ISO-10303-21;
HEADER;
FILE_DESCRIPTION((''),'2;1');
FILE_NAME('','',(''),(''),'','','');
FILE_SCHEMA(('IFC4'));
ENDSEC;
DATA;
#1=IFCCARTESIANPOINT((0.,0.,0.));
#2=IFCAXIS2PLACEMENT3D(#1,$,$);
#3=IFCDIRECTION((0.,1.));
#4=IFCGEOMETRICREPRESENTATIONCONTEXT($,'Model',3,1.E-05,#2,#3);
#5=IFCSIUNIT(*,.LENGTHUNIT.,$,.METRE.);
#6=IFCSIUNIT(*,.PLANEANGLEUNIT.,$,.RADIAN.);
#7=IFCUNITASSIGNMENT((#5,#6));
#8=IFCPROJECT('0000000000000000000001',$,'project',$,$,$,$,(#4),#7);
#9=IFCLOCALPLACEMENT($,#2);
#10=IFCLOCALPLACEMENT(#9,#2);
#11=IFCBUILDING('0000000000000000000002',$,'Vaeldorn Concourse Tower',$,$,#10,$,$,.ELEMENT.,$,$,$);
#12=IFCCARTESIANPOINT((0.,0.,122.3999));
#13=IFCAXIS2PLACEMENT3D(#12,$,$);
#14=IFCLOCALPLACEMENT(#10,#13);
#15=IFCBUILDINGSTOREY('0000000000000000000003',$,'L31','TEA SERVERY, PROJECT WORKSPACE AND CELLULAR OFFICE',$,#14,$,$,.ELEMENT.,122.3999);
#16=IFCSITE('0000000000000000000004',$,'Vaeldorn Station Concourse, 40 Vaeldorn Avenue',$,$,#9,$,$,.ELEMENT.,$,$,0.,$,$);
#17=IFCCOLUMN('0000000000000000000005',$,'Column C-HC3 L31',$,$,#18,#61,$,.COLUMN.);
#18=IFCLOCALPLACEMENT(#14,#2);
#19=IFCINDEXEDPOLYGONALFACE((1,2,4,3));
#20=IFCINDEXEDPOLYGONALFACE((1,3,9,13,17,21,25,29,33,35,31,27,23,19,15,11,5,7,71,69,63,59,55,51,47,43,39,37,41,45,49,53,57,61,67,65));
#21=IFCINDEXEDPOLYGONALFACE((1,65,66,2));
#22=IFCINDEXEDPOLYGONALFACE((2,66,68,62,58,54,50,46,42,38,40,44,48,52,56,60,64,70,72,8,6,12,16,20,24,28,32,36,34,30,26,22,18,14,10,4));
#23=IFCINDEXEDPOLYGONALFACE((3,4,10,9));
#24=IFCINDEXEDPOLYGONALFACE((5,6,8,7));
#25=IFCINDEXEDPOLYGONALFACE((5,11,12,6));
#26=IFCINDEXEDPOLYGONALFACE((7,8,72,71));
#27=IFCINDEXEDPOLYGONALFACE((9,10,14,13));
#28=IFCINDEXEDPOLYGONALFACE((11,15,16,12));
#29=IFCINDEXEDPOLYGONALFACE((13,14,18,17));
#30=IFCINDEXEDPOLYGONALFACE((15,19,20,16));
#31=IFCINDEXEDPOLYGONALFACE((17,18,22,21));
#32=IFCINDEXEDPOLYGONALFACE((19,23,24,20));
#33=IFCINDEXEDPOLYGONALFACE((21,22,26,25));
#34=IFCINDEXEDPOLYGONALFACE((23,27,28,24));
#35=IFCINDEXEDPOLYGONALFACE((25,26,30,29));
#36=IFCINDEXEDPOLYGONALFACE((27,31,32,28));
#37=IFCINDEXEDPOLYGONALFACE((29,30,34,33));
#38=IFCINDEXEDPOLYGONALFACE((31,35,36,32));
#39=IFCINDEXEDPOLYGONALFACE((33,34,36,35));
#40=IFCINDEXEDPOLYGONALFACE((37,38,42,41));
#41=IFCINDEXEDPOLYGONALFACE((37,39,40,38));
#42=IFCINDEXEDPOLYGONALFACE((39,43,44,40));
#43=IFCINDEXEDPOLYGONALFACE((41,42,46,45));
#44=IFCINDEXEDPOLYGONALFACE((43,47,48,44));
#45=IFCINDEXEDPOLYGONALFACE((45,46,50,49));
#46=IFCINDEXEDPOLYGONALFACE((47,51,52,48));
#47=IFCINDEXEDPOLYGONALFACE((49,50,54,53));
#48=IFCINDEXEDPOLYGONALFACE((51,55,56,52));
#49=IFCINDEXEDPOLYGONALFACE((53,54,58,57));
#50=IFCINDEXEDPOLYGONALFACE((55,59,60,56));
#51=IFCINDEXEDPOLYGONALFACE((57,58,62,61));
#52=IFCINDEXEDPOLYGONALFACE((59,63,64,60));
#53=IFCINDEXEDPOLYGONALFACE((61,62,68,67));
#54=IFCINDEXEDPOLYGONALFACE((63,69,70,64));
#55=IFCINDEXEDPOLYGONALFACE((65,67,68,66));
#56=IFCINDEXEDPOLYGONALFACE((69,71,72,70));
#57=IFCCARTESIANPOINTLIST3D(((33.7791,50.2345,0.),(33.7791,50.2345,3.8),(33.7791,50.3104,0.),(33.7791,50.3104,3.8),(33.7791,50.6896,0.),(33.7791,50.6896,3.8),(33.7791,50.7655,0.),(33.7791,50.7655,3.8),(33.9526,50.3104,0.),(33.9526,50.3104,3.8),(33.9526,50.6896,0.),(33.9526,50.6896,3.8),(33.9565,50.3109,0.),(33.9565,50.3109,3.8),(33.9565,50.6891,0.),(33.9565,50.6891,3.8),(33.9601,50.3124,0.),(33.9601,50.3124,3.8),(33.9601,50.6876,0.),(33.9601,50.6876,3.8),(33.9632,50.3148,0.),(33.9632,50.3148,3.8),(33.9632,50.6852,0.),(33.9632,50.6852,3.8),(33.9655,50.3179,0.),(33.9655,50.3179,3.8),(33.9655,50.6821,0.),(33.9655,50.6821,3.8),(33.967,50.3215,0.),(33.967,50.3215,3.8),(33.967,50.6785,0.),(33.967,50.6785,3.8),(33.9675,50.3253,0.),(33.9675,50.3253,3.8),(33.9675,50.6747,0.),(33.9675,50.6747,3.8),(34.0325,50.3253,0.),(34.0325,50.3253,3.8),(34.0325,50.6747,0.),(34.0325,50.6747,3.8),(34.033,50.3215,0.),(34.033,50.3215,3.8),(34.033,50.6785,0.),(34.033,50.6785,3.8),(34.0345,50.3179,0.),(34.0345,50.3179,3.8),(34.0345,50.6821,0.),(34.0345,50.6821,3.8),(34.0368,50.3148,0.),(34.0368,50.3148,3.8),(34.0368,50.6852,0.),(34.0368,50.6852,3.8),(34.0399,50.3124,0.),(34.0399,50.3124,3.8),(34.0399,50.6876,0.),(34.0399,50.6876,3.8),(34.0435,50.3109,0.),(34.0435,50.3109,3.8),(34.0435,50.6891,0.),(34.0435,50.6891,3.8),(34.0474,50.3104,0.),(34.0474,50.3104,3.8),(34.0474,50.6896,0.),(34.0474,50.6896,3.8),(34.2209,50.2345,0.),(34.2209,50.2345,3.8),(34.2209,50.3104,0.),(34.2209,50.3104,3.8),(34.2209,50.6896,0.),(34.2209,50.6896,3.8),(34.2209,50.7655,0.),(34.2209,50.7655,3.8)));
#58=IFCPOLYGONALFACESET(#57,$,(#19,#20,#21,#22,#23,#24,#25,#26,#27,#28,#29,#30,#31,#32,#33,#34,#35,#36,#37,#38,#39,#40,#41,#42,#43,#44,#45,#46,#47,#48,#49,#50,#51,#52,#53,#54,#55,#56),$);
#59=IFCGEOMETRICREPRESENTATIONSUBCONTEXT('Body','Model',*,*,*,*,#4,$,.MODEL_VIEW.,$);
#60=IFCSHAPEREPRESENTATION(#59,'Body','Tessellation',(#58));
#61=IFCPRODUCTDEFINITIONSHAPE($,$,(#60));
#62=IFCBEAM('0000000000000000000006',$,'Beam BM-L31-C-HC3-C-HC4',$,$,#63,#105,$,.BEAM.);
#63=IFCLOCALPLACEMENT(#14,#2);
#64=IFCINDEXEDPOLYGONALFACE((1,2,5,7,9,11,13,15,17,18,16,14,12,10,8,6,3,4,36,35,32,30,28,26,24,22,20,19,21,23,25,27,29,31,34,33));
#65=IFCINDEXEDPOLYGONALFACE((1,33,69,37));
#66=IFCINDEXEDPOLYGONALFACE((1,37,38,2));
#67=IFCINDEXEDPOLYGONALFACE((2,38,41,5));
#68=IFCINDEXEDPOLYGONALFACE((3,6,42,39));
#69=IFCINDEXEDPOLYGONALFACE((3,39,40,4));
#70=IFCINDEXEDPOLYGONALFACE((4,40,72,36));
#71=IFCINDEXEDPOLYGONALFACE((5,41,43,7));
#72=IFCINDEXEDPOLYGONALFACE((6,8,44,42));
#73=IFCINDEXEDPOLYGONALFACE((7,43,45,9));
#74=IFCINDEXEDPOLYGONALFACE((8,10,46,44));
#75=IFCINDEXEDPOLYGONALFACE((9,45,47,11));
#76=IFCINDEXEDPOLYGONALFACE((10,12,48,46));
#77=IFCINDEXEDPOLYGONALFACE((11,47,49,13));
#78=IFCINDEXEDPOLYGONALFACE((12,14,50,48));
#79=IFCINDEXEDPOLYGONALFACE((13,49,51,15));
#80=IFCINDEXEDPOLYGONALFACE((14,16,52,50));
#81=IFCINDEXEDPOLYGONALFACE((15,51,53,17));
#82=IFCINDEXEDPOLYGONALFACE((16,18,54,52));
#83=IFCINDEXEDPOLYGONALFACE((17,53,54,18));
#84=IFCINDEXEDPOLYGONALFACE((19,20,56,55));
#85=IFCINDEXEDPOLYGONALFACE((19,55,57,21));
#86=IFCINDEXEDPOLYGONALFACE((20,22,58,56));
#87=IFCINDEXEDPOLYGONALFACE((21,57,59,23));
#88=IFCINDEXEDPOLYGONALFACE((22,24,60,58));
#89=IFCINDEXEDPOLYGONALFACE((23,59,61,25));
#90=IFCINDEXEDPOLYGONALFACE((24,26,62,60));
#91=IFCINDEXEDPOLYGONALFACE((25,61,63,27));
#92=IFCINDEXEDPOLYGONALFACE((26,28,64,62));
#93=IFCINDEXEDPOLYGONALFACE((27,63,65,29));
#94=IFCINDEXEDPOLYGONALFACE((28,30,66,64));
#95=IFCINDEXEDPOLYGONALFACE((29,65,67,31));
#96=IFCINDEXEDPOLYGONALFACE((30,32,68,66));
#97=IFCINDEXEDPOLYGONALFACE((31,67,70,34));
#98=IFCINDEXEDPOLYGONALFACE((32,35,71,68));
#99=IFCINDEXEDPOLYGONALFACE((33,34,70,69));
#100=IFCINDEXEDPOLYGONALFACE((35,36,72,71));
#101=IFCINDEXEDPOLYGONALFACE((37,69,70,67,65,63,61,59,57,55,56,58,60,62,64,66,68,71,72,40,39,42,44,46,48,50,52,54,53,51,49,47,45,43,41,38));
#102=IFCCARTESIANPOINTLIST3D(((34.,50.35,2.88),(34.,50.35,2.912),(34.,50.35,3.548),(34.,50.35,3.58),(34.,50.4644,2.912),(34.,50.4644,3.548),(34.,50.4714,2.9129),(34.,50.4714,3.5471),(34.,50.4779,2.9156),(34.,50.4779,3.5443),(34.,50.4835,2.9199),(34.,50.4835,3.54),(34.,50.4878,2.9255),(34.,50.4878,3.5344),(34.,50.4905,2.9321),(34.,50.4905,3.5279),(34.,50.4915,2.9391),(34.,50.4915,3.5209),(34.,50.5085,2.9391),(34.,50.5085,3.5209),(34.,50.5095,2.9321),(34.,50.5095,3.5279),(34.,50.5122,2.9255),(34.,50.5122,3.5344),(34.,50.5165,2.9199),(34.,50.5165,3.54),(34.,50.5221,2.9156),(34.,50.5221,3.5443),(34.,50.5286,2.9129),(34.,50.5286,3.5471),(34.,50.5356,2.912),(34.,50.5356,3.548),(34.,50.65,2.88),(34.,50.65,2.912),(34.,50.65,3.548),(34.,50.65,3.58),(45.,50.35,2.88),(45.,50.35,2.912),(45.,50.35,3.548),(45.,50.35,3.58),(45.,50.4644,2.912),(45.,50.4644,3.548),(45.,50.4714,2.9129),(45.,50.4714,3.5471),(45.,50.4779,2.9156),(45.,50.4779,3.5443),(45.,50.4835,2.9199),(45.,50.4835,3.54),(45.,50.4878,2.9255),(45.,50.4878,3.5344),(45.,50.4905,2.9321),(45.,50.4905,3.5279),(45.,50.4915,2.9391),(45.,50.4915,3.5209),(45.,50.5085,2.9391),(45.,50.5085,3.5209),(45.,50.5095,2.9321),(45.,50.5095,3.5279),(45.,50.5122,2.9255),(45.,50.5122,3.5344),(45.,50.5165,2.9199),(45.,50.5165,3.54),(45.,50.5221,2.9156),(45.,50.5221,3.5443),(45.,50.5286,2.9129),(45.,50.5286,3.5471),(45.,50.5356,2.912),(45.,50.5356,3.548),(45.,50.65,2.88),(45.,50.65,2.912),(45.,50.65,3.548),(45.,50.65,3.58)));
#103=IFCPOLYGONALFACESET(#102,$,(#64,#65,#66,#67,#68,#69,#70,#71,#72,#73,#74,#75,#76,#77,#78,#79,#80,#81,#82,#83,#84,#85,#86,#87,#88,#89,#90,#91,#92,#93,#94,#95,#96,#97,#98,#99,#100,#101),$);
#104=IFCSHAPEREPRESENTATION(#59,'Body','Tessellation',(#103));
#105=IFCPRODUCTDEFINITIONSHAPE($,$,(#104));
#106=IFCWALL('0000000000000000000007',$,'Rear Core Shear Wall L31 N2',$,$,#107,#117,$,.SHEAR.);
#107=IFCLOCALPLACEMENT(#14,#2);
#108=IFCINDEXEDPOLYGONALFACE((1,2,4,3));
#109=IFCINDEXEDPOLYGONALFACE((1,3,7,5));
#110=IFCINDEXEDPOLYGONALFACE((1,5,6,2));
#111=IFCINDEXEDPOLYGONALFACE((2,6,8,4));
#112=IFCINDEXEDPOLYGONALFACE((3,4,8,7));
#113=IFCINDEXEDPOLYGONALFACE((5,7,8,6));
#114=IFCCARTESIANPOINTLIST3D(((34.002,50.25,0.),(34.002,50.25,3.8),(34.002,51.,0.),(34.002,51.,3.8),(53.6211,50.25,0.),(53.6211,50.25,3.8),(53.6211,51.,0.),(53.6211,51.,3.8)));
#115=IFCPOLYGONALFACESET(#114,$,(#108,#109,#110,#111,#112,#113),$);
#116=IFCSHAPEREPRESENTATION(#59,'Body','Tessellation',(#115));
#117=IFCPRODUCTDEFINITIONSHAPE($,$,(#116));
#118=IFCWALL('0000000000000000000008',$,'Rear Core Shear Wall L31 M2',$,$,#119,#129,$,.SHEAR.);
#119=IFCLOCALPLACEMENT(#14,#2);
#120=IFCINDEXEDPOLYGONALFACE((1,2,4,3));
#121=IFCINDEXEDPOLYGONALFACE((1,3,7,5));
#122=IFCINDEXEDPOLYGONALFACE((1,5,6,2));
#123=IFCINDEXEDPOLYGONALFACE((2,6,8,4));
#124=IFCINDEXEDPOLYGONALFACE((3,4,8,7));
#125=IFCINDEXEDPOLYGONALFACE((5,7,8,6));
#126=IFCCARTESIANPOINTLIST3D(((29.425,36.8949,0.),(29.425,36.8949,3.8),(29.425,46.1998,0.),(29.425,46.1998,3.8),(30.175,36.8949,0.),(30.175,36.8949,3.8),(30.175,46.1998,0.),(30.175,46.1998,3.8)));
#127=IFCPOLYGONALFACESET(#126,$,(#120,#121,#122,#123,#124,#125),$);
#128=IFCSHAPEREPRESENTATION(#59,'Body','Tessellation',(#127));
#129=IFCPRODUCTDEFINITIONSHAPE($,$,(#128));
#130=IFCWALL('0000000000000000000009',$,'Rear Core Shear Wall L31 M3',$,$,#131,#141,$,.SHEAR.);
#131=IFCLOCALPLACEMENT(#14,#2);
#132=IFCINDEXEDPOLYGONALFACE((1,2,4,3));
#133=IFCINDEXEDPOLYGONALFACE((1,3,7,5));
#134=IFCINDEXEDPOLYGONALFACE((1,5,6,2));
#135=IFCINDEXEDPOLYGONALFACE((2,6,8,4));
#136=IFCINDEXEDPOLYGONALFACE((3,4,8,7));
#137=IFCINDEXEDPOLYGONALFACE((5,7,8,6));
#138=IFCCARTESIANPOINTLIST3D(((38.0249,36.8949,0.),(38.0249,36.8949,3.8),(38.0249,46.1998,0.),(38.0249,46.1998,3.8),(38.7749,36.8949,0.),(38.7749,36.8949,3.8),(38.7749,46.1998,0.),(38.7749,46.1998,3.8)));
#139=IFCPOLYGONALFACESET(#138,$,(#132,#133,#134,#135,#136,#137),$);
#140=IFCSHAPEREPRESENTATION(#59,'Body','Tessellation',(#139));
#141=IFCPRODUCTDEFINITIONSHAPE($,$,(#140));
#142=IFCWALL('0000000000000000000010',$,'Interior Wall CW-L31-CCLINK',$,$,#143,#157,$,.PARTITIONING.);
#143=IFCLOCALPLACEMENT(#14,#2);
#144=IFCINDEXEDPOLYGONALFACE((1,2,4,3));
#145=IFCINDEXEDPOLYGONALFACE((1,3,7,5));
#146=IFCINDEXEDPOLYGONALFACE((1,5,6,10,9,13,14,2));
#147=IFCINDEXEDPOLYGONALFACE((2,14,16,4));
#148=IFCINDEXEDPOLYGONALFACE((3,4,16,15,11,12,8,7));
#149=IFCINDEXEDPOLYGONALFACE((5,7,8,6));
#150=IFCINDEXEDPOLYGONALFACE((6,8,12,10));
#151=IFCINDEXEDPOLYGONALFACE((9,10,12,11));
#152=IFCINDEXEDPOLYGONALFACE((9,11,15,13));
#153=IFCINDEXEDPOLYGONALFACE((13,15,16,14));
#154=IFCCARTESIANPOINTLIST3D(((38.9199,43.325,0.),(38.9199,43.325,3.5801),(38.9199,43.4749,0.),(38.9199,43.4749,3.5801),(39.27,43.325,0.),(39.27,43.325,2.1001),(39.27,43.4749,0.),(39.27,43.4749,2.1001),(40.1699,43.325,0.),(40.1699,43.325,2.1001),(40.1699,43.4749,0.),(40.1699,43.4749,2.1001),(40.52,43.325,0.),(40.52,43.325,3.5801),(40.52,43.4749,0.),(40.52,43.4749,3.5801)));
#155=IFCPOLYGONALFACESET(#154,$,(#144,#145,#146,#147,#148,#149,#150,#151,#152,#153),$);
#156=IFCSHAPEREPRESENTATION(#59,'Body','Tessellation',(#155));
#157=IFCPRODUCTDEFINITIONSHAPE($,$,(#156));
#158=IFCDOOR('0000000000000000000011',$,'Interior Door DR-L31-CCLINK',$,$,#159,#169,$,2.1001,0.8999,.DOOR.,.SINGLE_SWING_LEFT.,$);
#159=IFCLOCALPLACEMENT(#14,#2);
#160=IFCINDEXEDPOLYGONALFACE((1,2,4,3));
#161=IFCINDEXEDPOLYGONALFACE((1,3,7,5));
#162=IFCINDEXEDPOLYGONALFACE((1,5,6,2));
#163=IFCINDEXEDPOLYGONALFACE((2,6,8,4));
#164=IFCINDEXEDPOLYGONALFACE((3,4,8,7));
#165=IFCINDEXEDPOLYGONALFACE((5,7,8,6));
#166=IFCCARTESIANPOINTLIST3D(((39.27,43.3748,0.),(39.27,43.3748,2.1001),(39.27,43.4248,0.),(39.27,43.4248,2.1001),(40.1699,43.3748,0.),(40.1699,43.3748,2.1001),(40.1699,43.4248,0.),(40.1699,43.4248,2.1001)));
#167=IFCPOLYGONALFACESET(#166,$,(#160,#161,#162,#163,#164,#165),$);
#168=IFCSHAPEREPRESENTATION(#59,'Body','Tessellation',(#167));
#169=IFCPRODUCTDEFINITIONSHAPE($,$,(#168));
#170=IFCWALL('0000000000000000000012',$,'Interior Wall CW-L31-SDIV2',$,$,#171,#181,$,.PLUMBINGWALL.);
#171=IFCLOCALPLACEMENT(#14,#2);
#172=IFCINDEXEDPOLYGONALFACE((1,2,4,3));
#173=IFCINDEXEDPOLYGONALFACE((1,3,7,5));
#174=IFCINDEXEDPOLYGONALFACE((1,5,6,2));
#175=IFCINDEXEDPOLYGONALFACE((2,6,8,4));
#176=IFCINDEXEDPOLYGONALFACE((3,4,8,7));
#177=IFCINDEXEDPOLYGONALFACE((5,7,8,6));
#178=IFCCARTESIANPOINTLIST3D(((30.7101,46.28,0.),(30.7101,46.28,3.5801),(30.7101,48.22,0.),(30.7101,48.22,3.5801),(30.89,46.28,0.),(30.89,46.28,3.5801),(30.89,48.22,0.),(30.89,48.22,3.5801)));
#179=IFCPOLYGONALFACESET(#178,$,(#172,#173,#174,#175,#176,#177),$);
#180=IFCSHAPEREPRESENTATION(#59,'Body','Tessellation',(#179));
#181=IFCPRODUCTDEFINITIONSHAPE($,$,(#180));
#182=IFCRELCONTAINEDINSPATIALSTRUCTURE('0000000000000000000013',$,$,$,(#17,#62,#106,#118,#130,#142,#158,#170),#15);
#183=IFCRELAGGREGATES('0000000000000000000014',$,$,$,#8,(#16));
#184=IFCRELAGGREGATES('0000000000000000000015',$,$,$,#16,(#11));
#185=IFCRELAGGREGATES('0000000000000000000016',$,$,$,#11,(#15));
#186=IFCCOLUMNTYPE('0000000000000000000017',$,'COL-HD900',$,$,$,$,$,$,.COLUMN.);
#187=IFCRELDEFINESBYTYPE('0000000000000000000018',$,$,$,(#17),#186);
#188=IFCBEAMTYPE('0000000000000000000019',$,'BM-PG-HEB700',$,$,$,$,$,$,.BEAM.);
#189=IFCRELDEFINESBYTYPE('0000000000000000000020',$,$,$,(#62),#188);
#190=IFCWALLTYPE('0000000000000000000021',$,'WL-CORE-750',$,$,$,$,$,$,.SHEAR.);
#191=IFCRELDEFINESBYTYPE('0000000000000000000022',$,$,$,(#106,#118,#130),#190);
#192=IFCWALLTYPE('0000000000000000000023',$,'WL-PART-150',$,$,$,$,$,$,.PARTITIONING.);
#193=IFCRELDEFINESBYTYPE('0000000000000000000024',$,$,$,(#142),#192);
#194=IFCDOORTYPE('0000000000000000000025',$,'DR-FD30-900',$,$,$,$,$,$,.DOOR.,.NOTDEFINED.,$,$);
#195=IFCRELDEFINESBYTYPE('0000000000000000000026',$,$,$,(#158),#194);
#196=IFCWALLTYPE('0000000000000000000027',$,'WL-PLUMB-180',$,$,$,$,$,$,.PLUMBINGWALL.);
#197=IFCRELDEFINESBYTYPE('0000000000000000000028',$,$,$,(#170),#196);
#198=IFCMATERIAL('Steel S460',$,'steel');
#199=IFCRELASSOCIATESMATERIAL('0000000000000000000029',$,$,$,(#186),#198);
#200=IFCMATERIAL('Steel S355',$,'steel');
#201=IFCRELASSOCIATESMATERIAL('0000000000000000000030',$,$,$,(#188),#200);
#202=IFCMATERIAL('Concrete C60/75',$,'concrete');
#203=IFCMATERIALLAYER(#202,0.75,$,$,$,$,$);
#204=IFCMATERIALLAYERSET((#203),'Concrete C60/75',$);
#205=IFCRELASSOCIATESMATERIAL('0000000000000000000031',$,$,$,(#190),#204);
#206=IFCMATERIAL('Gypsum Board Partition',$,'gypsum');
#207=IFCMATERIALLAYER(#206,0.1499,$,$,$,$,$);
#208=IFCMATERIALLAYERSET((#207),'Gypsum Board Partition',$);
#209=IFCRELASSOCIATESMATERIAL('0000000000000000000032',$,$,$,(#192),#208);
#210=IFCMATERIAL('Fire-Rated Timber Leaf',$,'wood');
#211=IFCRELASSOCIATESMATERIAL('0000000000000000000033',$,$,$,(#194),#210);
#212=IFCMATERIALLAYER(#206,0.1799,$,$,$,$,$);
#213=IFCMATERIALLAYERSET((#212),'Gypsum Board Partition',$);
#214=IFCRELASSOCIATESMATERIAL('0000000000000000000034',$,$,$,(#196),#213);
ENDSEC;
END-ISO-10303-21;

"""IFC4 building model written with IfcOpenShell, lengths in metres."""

from ifc_helpers import new_model, si_unit, direction, frame, frame_2d, origin, origin_2d, place, context, subcontext, project, spatial, rectangle, i_section, extrude, source, transform, mapped, material, layer, layer_set, material_profile, profile_set, type_object, element, fill, save


model = new_model("IFC4")

# Units and contexts
model_context = context("Model", 3, precision=1e-05, world=origin(), true_north=direction((0.0, 1.0)))
body_context = subcontext(model_context, "Body", "Model", "MODEL_VIEW")
ifc_project = project(units=[si_unit("LENGTHUNIT", "METRE"), si_unit("PLANEANGLEUNIT", "RADIAN")], contexts=[model_context])

# Site, building, storey
site_placement = place(None, origin())
site = spatial("IfcSite", under=ifc_project, at=site_placement, Name="Vaeldorn Station Concourse, 40 Vaeldorn Avenue", CompositionType="ELEMENT", RefElevation=0.0)
building_placement = place(site_placement, origin())
building = spatial("IfcBuilding", under=site, at=building_placement, Name="Vaeldorn Concourse Tower", CompositionType="ELEMENT")
storey_placement = place(building_placement, frame((0.0, 0.0, 122.3999)))
storey = spatial("IfcBuildingStorey", under=building, at=storey_placement, Name="L31", Description="TEA SERVERY, PROJECT WORKSPACE AND CELLULAR OFFICE", CompositionType="ELEMENT", Elevation=122.3999)

# Column
ifc_material_1 = material(Name="Steel S460", Category="steel")
ifc_material_profile_1 = material_profile(ifc_material_1, i_section(OverallWidth=0.4419, OverallDepth=0.531, WebThickness=0.0649, FlangeThickness=0.0759, FilletRadius=0.0149, at=origin_2d()), Name="HD 400x900")
ifc_profile_set_1 = profile_set([ifc_material_profile_1], Name="Steel S460")
column_type = type_object("IfcColumnType", Name="COL-HD900", PredefinedType="COLUMN", material=ifc_profile_set_1)
shared_shape_1 = source(origin(), body_context, "Body", "SweptSolid", [
    extrude(i_section(OverallWidth=0.4419, OverallDepth=0.531, WebThickness=0.0649, FlangeThickness=0.0759, FilletRadius=0.0149, at=origin_2d()), origin(), (0.0, 0.0, 1.0), 3.8),
])
column_placement = place(storey_placement, frame((34.0, 50.5, 0.0), z_axis=(0.0, 0.0, 1.0), x_axis=(1.0, 0.0, 0.0)))
element("IfcColumn", 1, at=column_placement, inside=storey, type_object=column_type, Name="Column C-HC3 L31", PredefinedType="COLUMN", context=body_context, shape_type="MappedRepresentation", body=[
    mapped(shared_shape_1, transform((0.0, 0.0, 0.0), scale=1.0)),
])

# Beam
ifc_material_2 = material(Name="Steel S355", Category="steel")
ifc_material_profile_2 = material_profile(ifc_material_2, i_section(OverallWidth=0.3, OverallDepth=0.7, WebThickness=0.0171, FlangeThickness=0.032, FilletRadius=0.0271, at=origin_2d()), Name="HEB 700")
ifc_profile_set_2 = profile_set([ifc_material_profile_2], Name="Steel S355")
beam_type = type_object("IfcBeamType", Name="BM-PG-HEB700", PredefinedType="BEAM", material=ifc_profile_set_2)
shared_shape_2 = source(origin(), body_context, "Body", "SweptSolid", [
    extrude(i_section(OverallWidth=0.3, OverallDepth=0.7, WebThickness=0.0171, FlangeThickness=0.032, FilletRadius=0.0271, at=origin_2d()), origin(), (0.0, 0.0, 1.0), 11.0),
])
beam_placement = place(storey_placement, frame((34.0, 50.5, 3.23), z_axis=(1.0, 0.0, 0.0), x_axis=(0.0, 1.0, 0.0)))
element("IfcBeam", 2, at=beam_placement, inside=storey, type_object=beam_type, Name="Beam BM-L31-C-HC3-C-HC4", PredefinedType="BEAM", context=body_context, shape_type="MappedRepresentation", body=[
    mapped(shared_shape_2, transform((0.0, 0.0, 0.0), scale=1.0)),
])

# Walls
ifc_material_3 = material(Name="Concrete C60/75", Category="concrete")
ifc_layer_1 = layer(ifc_material_3, 0.75)
ifc_layer_set_1 = layer_set([ifc_layer_1], Name="Concrete C60/75")
wall_type_1 = type_object("IfcWallType", Name="WL-CORE-750", PredefinedType="SHEAR", material=ifc_layer_set_1)
wall_1_placement = place(storey_placement, frame((34.002, 50.625, 0.0), z_axis=(0.0, 0.0, 1.0), x_axis=(1.0, 0.0, 0.0)))
element("IfcWall", 3, at=wall_1_placement, inside=storey, type_object=wall_type_1, Name="Rear Core Shear Wall L31 N2", PredefinedType="SHEAR", context=body_context, shape_type="SweptSolid", body=[
    extrude(rectangle(XDim=19.6191, YDim=0.75, at=frame_2d((9.8096, 0.0))), origin(), (0.0, 0.0, 1.0), 3.8),
])
for number, where, z_axis, x_axis, name in (
    (4, (29.8, 36.895, 0.0), (0.0, 0.0, 1.0), (0.0, 1.0, 0.0), "Rear Core Shear Wall L31 M2"),
    (5, (38.3999, 36.895, 0.0), (0.0, 0.0, 1.0), (0.0, 1.0, 0.0), "Rear Core Shear Wall L31 M3"),
):
    element("IfcWall", number, at=place(storey_placement, frame(where, z_axis=z_axis, x_axis=x_axis)), inside=storey, type_object=wall_type_1, Name=name, PredefinedType="SHEAR", context=body_context, shape_type="SweptSolid", body=[
        extrude(rectangle(XDim=9.3049, YDim=0.75, at=frame_2d((4.6523, 0.0))), origin(), (0.0, 0.0, 1.0), 3.8),
    ])

# Wall, opening, door
ifc_material_4 = material(Name="Gypsum Board Partition", Category="gypsum")
ifc_layer_2 = layer(ifc_material_4, 0.1499)
ifc_layer_set_2 = layer_set([ifc_layer_2], Name="Gypsum Board Partition")
wall_type_2 = type_object("IfcWallType", Name="WL-PART-150", PredefinedType="PARTITIONING", material=ifc_layer_set_2)
wall_2_placement = place(storey_placement, frame((38.9199, 43.3999, 0.0), z_axis=(0.0, 0.0, 1.0), x_axis=(1.0, 0.0, 0.0)))
wall_2 = element("IfcWall", 6, at=wall_2_placement, inside=storey, type_object=wall_type_2, Name="Interior Wall CW-L31-CCLINK", PredefinedType="PARTITIONING", context=body_context, shape_type="SweptSolid", body=[
    extrude(rectangle(XDim=1.6001, YDim=0.1499, at=frame_2d((0.8, 0.0))), origin(), (0.0, 0.0, 1.0), 3.5801),
])
opening_1_placement = place(wall_2_placement, frame((0.3501, 0.0, 0.0)))
opening_1 = element("IfcOpeningElement", 7, at=opening_1_placement, cuts=wall_2, PredefinedType="OPENING", context=body_context, shape_type="SweptSolid", body=[
    extrude(rectangle(XDim=0.8999, YDim=2.1001, at=frame_2d((0.45, 1.05))), frame((0.0, 0.085, 0.0), z_axis=(0.0, -1.0, 0.0), x_axis=(1.0, 0.0, 0.0)), (0.0, 0.0, 1.0), 0.1699),
])
ifc_material_5 = material(Name="Fire-Rated Timber Leaf", Category="wood")
door_type_1 = type_object("IfcDoorType", Name="DR-FD30-900", OperationType="NOTDEFINED", PredefinedType="DOOR", material=ifc_material_5)
shared_shape_3 = source(origin(), body_context, "Body", "SweptSolid", [
    extrude(rectangle(XDim=0.8999, YDim=2.1001, at=frame_2d((0.45, 1.05))), frame((0.0, 0.0249, 0.0), z_axis=(0.0, -1.0, 0.0), x_axis=(1.0, 0.0, 0.0)), (0.0, 0.0, 1.0), 0.05),
])
door_1_placement = place(opening_1_placement, origin())
door_1 = element("IfcDoor", 8, at=door_1_placement, inside=storey, type_object=door_type_1, Name="Interior Door DR-L31-CCLINK", OperationType="SINGLE_SWING_LEFT", OverallHeight=2.1001, OverallWidth=0.8999, PredefinedType="DOOR", context=body_context, shape_type="MappedRepresentation", body=[
    mapped(shared_shape_3, transform((0.0, 0.0, 0.0), scale=1.0)),
])
fill(opening_1, door_1)

# Wall
ifc_layer_3 = layer(ifc_material_4, 0.1799)
ifc_layer_set_3 = layer_set([ifc_layer_3], Name="Gypsum Board Partition")
wall_type_3 = type_object("IfcWallType", Name="WL-PLUMB-180", PredefinedType="PLUMBINGWALL", material=ifc_layer_set_3)
for number, where, z_axis, x_axis, name in (
    (9, (30.8, 46.28, 0.0), (0.0, 0.0, 1.0), (0.0, 1.0, 0.0), "Interior Wall CW-L31-SDIV2"),
):
    element("IfcWall", number, at=place(storey_placement, frame(where, z_axis=z_axis, x_axis=x_axis)), inside=storey, type_object=wall_type_3, Name=name, PredefinedType="PLUMBINGWALL", context=body_context, shape_type="SweptSolid", body=[
        extrude(rectangle(XDim=1.9399, YDim=0.1799, at=frame_2d((0.97, 0.0))), origin(), (0.0, 0.0, 1.0), 3.5801),
    ])

save(model, "model.ifc")
